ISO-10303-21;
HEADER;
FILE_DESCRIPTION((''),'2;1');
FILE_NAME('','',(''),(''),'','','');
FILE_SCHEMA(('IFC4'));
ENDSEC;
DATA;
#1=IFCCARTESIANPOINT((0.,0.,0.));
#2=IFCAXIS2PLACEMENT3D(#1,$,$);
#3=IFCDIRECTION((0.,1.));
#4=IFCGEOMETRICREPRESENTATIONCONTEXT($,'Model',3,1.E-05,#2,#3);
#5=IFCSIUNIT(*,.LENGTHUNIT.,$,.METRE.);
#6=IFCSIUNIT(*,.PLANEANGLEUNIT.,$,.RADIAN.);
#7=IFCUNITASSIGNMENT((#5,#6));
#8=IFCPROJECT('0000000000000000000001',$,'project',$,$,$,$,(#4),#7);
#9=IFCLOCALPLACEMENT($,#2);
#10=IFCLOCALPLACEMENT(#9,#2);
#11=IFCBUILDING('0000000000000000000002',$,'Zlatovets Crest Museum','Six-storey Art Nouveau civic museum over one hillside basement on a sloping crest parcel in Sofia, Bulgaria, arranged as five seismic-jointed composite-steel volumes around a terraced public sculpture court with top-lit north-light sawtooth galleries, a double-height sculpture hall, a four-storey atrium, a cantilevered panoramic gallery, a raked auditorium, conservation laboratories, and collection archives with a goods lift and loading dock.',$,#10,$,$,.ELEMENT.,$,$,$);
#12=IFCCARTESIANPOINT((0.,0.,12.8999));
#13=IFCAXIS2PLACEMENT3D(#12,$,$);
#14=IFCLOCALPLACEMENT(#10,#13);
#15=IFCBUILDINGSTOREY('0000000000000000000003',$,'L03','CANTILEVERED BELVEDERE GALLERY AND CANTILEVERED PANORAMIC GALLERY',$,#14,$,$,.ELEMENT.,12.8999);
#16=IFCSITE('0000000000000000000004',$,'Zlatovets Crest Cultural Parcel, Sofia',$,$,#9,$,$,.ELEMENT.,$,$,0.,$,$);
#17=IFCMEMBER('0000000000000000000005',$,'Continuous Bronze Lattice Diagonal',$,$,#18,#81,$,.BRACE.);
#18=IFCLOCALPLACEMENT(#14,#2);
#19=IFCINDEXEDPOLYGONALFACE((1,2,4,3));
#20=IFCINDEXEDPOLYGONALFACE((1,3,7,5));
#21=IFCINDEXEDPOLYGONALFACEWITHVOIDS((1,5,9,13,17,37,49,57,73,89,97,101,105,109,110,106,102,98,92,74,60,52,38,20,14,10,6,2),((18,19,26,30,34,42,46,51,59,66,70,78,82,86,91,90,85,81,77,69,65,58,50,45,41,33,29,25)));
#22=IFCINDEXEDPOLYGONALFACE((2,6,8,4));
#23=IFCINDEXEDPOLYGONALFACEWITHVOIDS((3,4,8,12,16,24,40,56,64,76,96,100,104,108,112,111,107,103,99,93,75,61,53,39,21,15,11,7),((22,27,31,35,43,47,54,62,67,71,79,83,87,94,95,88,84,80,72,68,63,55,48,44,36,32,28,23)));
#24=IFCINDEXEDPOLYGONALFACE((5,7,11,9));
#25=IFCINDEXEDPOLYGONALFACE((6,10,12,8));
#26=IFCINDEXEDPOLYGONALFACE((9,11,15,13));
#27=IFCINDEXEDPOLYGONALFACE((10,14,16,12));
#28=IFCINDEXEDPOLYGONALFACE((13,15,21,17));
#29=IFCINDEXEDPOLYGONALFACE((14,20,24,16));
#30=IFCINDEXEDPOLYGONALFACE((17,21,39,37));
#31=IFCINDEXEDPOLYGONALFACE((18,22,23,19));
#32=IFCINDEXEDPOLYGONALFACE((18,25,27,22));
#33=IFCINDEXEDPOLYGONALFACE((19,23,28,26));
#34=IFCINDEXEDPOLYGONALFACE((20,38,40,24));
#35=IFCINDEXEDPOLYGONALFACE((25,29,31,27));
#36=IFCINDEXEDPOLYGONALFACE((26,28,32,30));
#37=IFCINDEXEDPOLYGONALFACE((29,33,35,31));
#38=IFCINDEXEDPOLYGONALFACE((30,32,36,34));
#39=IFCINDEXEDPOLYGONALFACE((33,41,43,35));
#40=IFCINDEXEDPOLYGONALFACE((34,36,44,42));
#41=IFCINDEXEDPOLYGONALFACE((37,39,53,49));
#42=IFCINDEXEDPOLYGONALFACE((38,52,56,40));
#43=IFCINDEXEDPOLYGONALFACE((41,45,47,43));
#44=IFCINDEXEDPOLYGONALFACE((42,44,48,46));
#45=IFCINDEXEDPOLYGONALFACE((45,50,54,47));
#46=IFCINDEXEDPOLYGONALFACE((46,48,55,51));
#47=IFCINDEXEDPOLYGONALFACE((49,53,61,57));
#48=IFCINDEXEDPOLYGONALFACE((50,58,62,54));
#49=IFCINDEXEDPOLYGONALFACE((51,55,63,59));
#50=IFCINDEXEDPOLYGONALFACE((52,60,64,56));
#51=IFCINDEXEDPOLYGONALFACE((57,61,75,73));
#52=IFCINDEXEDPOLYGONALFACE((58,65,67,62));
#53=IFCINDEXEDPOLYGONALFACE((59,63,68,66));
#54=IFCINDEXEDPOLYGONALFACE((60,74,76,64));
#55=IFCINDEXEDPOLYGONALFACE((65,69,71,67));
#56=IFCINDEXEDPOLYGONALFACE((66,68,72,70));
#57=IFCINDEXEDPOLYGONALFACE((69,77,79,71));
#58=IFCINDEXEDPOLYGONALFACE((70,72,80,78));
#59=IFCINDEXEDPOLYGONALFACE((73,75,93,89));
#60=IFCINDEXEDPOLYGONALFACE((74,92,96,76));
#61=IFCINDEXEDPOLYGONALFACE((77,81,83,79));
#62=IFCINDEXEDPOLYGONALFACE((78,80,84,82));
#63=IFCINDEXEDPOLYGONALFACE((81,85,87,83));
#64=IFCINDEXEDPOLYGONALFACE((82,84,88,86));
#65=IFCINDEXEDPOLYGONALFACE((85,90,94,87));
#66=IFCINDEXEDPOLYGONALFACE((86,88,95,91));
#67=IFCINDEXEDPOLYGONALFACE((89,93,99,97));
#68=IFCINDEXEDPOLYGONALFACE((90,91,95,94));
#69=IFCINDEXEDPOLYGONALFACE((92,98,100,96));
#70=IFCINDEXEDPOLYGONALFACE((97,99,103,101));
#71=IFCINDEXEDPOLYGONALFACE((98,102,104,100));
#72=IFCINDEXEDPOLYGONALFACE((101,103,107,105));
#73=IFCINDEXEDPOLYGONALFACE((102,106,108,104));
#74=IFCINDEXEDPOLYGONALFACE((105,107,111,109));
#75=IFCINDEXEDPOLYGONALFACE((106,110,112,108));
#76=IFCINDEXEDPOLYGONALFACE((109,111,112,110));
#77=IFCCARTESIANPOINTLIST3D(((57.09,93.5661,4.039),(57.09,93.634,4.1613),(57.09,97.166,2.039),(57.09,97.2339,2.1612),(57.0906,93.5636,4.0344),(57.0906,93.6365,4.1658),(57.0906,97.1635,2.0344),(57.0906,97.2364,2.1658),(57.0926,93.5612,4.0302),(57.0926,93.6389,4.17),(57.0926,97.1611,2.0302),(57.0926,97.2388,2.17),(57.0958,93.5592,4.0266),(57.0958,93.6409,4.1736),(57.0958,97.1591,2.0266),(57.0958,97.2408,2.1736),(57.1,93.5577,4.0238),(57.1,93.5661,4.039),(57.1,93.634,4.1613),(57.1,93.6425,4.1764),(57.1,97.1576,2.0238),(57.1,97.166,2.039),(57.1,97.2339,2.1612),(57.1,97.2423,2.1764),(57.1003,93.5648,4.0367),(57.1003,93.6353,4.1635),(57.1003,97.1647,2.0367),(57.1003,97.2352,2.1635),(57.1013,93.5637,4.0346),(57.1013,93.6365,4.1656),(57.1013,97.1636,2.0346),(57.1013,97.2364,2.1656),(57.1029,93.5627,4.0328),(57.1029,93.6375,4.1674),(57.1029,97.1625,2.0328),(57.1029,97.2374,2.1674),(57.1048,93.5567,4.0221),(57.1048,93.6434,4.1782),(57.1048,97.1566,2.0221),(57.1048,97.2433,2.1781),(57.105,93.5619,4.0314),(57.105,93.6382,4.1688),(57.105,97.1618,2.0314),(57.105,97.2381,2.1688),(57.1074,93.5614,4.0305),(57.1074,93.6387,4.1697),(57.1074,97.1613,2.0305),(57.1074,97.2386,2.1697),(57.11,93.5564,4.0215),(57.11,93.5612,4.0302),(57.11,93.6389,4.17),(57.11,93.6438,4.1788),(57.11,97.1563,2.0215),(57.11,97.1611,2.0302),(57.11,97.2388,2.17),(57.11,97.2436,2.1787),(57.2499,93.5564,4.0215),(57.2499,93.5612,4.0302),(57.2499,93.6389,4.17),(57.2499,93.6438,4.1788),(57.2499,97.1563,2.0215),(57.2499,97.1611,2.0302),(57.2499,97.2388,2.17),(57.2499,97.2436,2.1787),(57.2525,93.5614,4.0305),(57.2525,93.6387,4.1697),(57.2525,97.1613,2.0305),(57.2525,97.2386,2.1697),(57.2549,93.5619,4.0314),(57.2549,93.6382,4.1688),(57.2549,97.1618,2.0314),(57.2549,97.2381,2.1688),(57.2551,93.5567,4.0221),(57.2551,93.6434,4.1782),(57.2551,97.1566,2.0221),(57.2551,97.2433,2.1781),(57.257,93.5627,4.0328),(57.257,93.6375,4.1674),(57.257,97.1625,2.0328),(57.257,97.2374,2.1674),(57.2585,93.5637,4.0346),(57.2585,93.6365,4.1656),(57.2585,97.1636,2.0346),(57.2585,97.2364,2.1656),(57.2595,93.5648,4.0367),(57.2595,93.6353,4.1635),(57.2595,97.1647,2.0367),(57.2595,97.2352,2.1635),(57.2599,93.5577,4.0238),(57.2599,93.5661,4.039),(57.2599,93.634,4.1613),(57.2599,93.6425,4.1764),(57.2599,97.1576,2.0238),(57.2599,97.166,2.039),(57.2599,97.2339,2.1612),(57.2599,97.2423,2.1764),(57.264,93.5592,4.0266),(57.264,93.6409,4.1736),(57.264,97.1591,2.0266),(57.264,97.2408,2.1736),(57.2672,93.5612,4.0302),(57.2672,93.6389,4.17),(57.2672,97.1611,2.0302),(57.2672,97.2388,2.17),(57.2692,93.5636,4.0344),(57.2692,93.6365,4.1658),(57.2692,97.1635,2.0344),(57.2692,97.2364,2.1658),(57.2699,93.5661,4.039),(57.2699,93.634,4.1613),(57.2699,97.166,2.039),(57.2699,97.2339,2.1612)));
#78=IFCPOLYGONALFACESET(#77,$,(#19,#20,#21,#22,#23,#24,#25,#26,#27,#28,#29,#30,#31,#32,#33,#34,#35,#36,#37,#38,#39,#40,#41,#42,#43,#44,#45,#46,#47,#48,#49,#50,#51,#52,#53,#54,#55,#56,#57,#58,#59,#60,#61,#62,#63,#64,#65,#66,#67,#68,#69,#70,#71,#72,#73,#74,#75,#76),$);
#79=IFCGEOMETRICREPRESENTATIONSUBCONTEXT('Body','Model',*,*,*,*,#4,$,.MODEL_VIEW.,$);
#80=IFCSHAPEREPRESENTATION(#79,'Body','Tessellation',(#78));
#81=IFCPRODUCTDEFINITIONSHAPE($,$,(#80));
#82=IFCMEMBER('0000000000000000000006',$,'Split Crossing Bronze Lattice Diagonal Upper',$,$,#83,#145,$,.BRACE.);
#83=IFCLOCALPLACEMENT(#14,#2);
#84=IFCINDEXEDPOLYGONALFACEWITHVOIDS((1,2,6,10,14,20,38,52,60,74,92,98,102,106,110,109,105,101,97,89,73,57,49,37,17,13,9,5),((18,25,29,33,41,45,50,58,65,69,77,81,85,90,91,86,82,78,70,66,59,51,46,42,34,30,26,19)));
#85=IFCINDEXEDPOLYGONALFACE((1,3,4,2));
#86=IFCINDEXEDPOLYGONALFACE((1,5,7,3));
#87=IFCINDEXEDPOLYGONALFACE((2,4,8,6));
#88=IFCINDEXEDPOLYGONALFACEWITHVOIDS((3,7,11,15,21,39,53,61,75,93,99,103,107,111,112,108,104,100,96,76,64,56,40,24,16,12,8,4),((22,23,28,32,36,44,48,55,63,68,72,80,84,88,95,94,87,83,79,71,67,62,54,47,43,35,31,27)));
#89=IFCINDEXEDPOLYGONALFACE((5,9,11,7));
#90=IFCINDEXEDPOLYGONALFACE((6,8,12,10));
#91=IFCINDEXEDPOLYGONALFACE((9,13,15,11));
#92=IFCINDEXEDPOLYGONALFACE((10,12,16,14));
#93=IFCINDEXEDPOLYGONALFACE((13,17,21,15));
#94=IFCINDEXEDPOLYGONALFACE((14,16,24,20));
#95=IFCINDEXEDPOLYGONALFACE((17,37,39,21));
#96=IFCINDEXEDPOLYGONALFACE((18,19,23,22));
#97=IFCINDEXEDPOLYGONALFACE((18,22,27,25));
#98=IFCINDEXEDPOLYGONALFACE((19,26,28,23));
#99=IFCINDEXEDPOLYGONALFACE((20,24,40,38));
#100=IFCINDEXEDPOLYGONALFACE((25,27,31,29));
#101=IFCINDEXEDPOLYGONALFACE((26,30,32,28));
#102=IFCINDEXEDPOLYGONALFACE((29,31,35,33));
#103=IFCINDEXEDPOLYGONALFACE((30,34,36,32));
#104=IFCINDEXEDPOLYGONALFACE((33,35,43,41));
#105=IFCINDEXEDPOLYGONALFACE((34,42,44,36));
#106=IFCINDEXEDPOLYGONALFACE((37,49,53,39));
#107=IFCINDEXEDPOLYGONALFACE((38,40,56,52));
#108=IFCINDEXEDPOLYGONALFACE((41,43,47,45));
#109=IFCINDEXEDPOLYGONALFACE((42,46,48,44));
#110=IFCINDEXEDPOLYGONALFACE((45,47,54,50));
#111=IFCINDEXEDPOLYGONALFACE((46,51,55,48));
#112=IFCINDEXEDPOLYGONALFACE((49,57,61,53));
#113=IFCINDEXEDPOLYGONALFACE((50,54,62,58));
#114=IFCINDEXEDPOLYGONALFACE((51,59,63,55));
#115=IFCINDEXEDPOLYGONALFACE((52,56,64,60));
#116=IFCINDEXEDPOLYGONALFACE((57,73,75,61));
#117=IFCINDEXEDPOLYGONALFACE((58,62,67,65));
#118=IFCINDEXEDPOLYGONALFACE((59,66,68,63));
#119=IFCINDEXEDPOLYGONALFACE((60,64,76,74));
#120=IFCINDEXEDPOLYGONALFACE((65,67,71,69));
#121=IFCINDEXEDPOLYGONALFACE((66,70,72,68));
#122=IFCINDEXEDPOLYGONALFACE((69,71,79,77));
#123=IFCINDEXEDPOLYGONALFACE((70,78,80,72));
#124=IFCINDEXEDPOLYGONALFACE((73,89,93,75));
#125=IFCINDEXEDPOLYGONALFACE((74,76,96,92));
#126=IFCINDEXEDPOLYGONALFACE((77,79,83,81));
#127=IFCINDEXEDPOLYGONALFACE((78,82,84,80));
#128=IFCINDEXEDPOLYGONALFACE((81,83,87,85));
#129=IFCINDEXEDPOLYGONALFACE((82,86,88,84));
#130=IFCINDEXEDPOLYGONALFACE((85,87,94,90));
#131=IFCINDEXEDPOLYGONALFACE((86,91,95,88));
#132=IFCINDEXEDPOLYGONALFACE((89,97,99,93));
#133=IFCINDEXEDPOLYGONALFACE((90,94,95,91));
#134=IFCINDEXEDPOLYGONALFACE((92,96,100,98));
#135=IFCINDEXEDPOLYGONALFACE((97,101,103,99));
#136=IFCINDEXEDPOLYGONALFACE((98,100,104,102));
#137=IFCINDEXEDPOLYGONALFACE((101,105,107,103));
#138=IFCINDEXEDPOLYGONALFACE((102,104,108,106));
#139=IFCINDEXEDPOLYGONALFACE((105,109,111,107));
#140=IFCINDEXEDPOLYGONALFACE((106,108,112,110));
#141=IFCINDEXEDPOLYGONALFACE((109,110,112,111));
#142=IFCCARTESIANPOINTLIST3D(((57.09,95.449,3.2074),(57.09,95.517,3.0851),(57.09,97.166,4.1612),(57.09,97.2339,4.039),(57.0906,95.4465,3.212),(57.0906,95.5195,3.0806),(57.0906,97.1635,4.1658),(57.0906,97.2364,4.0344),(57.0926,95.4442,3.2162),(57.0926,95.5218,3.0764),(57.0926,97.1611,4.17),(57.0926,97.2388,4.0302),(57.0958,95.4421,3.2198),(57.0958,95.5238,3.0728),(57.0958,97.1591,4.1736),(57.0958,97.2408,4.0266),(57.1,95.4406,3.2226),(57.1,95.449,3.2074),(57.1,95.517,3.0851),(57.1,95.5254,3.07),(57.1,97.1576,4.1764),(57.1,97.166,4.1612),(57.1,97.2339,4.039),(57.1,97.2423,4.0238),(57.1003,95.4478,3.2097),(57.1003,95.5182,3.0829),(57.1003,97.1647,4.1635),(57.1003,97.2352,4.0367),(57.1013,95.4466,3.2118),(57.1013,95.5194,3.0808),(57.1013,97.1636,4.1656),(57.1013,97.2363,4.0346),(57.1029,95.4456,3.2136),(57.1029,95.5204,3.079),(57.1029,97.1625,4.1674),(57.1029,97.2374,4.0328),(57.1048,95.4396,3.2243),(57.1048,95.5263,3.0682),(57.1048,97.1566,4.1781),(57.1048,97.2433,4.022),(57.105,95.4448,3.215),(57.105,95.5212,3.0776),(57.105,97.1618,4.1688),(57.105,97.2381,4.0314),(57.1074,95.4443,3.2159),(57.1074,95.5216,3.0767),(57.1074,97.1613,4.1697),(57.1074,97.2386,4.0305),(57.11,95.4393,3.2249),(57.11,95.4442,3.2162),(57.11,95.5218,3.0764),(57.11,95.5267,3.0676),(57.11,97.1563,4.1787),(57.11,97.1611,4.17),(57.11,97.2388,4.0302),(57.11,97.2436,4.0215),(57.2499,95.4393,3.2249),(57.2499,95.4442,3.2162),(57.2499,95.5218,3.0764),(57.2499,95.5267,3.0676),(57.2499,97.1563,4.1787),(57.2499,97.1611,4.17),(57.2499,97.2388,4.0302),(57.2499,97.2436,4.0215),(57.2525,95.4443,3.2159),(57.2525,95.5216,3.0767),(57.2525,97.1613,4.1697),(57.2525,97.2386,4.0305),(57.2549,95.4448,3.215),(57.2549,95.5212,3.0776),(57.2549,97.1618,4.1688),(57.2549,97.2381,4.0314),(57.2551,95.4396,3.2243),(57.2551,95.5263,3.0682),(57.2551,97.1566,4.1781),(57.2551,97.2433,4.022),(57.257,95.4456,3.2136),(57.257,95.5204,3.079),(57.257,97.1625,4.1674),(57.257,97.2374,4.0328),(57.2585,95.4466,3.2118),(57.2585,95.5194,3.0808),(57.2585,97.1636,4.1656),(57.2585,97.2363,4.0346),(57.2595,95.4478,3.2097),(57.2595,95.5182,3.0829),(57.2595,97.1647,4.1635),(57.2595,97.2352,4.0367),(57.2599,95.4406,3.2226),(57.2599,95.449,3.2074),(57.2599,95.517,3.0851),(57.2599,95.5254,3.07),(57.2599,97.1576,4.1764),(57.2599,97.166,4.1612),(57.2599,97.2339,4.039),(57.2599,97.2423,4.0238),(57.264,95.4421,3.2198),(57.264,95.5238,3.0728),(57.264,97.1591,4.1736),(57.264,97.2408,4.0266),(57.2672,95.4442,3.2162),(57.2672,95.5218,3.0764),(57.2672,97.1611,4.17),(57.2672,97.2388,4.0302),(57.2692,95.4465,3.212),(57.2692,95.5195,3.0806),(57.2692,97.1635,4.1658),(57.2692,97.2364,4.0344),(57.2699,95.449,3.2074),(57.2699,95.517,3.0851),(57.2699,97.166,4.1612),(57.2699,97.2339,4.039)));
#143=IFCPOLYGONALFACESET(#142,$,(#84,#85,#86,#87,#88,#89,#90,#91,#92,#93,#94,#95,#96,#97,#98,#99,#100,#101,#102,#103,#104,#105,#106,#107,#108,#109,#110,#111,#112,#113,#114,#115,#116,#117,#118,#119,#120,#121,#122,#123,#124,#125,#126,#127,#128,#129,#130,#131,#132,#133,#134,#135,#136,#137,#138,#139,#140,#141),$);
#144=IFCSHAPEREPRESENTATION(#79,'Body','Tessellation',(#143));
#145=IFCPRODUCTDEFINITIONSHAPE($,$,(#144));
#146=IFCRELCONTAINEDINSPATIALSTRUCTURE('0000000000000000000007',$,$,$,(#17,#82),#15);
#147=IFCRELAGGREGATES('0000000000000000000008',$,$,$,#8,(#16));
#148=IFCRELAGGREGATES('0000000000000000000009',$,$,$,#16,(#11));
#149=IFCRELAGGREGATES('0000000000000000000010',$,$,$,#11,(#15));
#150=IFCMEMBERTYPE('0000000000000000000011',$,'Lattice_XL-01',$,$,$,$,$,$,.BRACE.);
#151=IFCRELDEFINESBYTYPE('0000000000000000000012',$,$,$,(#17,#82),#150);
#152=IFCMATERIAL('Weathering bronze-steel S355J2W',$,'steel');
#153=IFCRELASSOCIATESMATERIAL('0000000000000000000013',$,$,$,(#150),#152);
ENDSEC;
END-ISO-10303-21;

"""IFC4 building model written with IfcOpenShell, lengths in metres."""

from ifc_helpers import new_model, si_unit, direction, frame, origin, origin_2d, place, context, subcontext, project, spatial, hollow_rectangle, extrude, material, material_profile, profile_set, type_object, element, save


model = new_model("IFC4")

# Units and contexts
model_context = context("Model", 3, precision=1e-05, world=origin(), true_north=direction((0.0, 1.0)))
body_context = subcontext(model_context, "Body", "Model", "MODEL_VIEW")
ifc_project = project(units=[si_unit("LENGTHUNIT", "METRE"), si_unit("PLANEANGLEUNIT", "RADIAN")], contexts=[model_context])

# Site, building, storey
site_placement = place(None, origin())
site = spatial("IfcSite", under=ifc_project, at=site_placement, Name="Zlatovets Crest Cultural Parcel, Sofia", CompositionType="ELEMENT", RefElevation=0.0)
building_placement = place(site_placement, origin())
building = spatial("IfcBuilding", under=site, at=building_placement, Name="Zlatovets Crest Museum", Description="Six-storey Art Nouveau civic museum over one hillside basement on a sloping crest parcel in Sofia, Bulgaria, arranged as five seismic-jointed composite-steel volumes around a terraced public sculpture court with top-lit north-light sawtooth galleries, a double-height sculpture hall, a four-storey atrium, a cantilevered panoramic gallery, a raked auditorium, conservation laboratories, and collection archives with a goods lift and loading dock.", CompositionType="ELEMENT")
storey_placement = place(building_placement, frame((0.0, 0.0, 12.8999)))
storey = spatial("IfcBuildingStorey", under=building, at=storey_placement, Name="L03", Description="CANTILEVERED BELVEDERE GALLERY AND CANTILEVERED PANORAMIC GALLERY", CompositionType="ELEMENT", Elevation=12.8999)

# Members
ifc_material_1 = material(Name="Weathering bronze-steel S355J2W", Category="steel")
ifc_material_profile_1 = material_profile(ifc_material_1, hollow_rectangle(XDim=0.1799, YDim=0.1799, WallThickness=0.01, InnerFilletRadius=0.01, OuterFilletRadius=0.02, at=origin_2d()), Name="SHS 180x180x10.0")
ifc_profile_set_1 = profile_set([ifc_material_profile_1], Name="Weathering bronze-steel S355J2W")
member_type_1 = type_object("IfcMemberType", Name="Lattice_XL-01", PredefinedType="BRACE", material=ifc_profile_set_1)
member_1_placement = place(storey_placement, frame((57.1799, 97.2, 2.1001), z_axis=(0.0, -0.874149, 0.485658), x_axis=(1.0, 0.0, 0.0)))
element("IfcMember", 1, at=member_1_placement, inside=storey, type_object=member_type_1, Name="Continuous Bronze Lattice Diagonal", PredefinedType="BRACE", context=body_context, shape_type="SweptSolid", body=[
    extrude(hollow_rectangle(XDim=0.1799, YDim=0.1799, WallThickness=0.01, InnerFilletRadius=0.01, OuterFilletRadius=0.02, at=origin_2d()), origin(), (0.0, 0.0, 1.0), 4.1182),
])
member_2_placement = place(storey_placement, frame((57.1799, 97.2, 4.1001), z_axis=(0.0, -0.874169, -0.485622), x_axis=(1.0, 0.0, 0.0)))
element("IfcMember", 2, at=member_2_placement, inside=storey, type_object=member_type_1, Name="Split Crossing Bronze Lattice Diagonal Upper", PredefinedType="BRACE", context=body_context, shape_type="SweptSolid", body=[
    extrude(hollow_rectangle(XDim=0.1799, YDim=0.1799, WallThickness=0.01, InnerFilletRadius=0.01, OuterFilletRadius=0.02, at=origin_2d()), origin(), (0.0, 0.0, 1.0), 1.9641),
])

save(model, "model.ifc")
